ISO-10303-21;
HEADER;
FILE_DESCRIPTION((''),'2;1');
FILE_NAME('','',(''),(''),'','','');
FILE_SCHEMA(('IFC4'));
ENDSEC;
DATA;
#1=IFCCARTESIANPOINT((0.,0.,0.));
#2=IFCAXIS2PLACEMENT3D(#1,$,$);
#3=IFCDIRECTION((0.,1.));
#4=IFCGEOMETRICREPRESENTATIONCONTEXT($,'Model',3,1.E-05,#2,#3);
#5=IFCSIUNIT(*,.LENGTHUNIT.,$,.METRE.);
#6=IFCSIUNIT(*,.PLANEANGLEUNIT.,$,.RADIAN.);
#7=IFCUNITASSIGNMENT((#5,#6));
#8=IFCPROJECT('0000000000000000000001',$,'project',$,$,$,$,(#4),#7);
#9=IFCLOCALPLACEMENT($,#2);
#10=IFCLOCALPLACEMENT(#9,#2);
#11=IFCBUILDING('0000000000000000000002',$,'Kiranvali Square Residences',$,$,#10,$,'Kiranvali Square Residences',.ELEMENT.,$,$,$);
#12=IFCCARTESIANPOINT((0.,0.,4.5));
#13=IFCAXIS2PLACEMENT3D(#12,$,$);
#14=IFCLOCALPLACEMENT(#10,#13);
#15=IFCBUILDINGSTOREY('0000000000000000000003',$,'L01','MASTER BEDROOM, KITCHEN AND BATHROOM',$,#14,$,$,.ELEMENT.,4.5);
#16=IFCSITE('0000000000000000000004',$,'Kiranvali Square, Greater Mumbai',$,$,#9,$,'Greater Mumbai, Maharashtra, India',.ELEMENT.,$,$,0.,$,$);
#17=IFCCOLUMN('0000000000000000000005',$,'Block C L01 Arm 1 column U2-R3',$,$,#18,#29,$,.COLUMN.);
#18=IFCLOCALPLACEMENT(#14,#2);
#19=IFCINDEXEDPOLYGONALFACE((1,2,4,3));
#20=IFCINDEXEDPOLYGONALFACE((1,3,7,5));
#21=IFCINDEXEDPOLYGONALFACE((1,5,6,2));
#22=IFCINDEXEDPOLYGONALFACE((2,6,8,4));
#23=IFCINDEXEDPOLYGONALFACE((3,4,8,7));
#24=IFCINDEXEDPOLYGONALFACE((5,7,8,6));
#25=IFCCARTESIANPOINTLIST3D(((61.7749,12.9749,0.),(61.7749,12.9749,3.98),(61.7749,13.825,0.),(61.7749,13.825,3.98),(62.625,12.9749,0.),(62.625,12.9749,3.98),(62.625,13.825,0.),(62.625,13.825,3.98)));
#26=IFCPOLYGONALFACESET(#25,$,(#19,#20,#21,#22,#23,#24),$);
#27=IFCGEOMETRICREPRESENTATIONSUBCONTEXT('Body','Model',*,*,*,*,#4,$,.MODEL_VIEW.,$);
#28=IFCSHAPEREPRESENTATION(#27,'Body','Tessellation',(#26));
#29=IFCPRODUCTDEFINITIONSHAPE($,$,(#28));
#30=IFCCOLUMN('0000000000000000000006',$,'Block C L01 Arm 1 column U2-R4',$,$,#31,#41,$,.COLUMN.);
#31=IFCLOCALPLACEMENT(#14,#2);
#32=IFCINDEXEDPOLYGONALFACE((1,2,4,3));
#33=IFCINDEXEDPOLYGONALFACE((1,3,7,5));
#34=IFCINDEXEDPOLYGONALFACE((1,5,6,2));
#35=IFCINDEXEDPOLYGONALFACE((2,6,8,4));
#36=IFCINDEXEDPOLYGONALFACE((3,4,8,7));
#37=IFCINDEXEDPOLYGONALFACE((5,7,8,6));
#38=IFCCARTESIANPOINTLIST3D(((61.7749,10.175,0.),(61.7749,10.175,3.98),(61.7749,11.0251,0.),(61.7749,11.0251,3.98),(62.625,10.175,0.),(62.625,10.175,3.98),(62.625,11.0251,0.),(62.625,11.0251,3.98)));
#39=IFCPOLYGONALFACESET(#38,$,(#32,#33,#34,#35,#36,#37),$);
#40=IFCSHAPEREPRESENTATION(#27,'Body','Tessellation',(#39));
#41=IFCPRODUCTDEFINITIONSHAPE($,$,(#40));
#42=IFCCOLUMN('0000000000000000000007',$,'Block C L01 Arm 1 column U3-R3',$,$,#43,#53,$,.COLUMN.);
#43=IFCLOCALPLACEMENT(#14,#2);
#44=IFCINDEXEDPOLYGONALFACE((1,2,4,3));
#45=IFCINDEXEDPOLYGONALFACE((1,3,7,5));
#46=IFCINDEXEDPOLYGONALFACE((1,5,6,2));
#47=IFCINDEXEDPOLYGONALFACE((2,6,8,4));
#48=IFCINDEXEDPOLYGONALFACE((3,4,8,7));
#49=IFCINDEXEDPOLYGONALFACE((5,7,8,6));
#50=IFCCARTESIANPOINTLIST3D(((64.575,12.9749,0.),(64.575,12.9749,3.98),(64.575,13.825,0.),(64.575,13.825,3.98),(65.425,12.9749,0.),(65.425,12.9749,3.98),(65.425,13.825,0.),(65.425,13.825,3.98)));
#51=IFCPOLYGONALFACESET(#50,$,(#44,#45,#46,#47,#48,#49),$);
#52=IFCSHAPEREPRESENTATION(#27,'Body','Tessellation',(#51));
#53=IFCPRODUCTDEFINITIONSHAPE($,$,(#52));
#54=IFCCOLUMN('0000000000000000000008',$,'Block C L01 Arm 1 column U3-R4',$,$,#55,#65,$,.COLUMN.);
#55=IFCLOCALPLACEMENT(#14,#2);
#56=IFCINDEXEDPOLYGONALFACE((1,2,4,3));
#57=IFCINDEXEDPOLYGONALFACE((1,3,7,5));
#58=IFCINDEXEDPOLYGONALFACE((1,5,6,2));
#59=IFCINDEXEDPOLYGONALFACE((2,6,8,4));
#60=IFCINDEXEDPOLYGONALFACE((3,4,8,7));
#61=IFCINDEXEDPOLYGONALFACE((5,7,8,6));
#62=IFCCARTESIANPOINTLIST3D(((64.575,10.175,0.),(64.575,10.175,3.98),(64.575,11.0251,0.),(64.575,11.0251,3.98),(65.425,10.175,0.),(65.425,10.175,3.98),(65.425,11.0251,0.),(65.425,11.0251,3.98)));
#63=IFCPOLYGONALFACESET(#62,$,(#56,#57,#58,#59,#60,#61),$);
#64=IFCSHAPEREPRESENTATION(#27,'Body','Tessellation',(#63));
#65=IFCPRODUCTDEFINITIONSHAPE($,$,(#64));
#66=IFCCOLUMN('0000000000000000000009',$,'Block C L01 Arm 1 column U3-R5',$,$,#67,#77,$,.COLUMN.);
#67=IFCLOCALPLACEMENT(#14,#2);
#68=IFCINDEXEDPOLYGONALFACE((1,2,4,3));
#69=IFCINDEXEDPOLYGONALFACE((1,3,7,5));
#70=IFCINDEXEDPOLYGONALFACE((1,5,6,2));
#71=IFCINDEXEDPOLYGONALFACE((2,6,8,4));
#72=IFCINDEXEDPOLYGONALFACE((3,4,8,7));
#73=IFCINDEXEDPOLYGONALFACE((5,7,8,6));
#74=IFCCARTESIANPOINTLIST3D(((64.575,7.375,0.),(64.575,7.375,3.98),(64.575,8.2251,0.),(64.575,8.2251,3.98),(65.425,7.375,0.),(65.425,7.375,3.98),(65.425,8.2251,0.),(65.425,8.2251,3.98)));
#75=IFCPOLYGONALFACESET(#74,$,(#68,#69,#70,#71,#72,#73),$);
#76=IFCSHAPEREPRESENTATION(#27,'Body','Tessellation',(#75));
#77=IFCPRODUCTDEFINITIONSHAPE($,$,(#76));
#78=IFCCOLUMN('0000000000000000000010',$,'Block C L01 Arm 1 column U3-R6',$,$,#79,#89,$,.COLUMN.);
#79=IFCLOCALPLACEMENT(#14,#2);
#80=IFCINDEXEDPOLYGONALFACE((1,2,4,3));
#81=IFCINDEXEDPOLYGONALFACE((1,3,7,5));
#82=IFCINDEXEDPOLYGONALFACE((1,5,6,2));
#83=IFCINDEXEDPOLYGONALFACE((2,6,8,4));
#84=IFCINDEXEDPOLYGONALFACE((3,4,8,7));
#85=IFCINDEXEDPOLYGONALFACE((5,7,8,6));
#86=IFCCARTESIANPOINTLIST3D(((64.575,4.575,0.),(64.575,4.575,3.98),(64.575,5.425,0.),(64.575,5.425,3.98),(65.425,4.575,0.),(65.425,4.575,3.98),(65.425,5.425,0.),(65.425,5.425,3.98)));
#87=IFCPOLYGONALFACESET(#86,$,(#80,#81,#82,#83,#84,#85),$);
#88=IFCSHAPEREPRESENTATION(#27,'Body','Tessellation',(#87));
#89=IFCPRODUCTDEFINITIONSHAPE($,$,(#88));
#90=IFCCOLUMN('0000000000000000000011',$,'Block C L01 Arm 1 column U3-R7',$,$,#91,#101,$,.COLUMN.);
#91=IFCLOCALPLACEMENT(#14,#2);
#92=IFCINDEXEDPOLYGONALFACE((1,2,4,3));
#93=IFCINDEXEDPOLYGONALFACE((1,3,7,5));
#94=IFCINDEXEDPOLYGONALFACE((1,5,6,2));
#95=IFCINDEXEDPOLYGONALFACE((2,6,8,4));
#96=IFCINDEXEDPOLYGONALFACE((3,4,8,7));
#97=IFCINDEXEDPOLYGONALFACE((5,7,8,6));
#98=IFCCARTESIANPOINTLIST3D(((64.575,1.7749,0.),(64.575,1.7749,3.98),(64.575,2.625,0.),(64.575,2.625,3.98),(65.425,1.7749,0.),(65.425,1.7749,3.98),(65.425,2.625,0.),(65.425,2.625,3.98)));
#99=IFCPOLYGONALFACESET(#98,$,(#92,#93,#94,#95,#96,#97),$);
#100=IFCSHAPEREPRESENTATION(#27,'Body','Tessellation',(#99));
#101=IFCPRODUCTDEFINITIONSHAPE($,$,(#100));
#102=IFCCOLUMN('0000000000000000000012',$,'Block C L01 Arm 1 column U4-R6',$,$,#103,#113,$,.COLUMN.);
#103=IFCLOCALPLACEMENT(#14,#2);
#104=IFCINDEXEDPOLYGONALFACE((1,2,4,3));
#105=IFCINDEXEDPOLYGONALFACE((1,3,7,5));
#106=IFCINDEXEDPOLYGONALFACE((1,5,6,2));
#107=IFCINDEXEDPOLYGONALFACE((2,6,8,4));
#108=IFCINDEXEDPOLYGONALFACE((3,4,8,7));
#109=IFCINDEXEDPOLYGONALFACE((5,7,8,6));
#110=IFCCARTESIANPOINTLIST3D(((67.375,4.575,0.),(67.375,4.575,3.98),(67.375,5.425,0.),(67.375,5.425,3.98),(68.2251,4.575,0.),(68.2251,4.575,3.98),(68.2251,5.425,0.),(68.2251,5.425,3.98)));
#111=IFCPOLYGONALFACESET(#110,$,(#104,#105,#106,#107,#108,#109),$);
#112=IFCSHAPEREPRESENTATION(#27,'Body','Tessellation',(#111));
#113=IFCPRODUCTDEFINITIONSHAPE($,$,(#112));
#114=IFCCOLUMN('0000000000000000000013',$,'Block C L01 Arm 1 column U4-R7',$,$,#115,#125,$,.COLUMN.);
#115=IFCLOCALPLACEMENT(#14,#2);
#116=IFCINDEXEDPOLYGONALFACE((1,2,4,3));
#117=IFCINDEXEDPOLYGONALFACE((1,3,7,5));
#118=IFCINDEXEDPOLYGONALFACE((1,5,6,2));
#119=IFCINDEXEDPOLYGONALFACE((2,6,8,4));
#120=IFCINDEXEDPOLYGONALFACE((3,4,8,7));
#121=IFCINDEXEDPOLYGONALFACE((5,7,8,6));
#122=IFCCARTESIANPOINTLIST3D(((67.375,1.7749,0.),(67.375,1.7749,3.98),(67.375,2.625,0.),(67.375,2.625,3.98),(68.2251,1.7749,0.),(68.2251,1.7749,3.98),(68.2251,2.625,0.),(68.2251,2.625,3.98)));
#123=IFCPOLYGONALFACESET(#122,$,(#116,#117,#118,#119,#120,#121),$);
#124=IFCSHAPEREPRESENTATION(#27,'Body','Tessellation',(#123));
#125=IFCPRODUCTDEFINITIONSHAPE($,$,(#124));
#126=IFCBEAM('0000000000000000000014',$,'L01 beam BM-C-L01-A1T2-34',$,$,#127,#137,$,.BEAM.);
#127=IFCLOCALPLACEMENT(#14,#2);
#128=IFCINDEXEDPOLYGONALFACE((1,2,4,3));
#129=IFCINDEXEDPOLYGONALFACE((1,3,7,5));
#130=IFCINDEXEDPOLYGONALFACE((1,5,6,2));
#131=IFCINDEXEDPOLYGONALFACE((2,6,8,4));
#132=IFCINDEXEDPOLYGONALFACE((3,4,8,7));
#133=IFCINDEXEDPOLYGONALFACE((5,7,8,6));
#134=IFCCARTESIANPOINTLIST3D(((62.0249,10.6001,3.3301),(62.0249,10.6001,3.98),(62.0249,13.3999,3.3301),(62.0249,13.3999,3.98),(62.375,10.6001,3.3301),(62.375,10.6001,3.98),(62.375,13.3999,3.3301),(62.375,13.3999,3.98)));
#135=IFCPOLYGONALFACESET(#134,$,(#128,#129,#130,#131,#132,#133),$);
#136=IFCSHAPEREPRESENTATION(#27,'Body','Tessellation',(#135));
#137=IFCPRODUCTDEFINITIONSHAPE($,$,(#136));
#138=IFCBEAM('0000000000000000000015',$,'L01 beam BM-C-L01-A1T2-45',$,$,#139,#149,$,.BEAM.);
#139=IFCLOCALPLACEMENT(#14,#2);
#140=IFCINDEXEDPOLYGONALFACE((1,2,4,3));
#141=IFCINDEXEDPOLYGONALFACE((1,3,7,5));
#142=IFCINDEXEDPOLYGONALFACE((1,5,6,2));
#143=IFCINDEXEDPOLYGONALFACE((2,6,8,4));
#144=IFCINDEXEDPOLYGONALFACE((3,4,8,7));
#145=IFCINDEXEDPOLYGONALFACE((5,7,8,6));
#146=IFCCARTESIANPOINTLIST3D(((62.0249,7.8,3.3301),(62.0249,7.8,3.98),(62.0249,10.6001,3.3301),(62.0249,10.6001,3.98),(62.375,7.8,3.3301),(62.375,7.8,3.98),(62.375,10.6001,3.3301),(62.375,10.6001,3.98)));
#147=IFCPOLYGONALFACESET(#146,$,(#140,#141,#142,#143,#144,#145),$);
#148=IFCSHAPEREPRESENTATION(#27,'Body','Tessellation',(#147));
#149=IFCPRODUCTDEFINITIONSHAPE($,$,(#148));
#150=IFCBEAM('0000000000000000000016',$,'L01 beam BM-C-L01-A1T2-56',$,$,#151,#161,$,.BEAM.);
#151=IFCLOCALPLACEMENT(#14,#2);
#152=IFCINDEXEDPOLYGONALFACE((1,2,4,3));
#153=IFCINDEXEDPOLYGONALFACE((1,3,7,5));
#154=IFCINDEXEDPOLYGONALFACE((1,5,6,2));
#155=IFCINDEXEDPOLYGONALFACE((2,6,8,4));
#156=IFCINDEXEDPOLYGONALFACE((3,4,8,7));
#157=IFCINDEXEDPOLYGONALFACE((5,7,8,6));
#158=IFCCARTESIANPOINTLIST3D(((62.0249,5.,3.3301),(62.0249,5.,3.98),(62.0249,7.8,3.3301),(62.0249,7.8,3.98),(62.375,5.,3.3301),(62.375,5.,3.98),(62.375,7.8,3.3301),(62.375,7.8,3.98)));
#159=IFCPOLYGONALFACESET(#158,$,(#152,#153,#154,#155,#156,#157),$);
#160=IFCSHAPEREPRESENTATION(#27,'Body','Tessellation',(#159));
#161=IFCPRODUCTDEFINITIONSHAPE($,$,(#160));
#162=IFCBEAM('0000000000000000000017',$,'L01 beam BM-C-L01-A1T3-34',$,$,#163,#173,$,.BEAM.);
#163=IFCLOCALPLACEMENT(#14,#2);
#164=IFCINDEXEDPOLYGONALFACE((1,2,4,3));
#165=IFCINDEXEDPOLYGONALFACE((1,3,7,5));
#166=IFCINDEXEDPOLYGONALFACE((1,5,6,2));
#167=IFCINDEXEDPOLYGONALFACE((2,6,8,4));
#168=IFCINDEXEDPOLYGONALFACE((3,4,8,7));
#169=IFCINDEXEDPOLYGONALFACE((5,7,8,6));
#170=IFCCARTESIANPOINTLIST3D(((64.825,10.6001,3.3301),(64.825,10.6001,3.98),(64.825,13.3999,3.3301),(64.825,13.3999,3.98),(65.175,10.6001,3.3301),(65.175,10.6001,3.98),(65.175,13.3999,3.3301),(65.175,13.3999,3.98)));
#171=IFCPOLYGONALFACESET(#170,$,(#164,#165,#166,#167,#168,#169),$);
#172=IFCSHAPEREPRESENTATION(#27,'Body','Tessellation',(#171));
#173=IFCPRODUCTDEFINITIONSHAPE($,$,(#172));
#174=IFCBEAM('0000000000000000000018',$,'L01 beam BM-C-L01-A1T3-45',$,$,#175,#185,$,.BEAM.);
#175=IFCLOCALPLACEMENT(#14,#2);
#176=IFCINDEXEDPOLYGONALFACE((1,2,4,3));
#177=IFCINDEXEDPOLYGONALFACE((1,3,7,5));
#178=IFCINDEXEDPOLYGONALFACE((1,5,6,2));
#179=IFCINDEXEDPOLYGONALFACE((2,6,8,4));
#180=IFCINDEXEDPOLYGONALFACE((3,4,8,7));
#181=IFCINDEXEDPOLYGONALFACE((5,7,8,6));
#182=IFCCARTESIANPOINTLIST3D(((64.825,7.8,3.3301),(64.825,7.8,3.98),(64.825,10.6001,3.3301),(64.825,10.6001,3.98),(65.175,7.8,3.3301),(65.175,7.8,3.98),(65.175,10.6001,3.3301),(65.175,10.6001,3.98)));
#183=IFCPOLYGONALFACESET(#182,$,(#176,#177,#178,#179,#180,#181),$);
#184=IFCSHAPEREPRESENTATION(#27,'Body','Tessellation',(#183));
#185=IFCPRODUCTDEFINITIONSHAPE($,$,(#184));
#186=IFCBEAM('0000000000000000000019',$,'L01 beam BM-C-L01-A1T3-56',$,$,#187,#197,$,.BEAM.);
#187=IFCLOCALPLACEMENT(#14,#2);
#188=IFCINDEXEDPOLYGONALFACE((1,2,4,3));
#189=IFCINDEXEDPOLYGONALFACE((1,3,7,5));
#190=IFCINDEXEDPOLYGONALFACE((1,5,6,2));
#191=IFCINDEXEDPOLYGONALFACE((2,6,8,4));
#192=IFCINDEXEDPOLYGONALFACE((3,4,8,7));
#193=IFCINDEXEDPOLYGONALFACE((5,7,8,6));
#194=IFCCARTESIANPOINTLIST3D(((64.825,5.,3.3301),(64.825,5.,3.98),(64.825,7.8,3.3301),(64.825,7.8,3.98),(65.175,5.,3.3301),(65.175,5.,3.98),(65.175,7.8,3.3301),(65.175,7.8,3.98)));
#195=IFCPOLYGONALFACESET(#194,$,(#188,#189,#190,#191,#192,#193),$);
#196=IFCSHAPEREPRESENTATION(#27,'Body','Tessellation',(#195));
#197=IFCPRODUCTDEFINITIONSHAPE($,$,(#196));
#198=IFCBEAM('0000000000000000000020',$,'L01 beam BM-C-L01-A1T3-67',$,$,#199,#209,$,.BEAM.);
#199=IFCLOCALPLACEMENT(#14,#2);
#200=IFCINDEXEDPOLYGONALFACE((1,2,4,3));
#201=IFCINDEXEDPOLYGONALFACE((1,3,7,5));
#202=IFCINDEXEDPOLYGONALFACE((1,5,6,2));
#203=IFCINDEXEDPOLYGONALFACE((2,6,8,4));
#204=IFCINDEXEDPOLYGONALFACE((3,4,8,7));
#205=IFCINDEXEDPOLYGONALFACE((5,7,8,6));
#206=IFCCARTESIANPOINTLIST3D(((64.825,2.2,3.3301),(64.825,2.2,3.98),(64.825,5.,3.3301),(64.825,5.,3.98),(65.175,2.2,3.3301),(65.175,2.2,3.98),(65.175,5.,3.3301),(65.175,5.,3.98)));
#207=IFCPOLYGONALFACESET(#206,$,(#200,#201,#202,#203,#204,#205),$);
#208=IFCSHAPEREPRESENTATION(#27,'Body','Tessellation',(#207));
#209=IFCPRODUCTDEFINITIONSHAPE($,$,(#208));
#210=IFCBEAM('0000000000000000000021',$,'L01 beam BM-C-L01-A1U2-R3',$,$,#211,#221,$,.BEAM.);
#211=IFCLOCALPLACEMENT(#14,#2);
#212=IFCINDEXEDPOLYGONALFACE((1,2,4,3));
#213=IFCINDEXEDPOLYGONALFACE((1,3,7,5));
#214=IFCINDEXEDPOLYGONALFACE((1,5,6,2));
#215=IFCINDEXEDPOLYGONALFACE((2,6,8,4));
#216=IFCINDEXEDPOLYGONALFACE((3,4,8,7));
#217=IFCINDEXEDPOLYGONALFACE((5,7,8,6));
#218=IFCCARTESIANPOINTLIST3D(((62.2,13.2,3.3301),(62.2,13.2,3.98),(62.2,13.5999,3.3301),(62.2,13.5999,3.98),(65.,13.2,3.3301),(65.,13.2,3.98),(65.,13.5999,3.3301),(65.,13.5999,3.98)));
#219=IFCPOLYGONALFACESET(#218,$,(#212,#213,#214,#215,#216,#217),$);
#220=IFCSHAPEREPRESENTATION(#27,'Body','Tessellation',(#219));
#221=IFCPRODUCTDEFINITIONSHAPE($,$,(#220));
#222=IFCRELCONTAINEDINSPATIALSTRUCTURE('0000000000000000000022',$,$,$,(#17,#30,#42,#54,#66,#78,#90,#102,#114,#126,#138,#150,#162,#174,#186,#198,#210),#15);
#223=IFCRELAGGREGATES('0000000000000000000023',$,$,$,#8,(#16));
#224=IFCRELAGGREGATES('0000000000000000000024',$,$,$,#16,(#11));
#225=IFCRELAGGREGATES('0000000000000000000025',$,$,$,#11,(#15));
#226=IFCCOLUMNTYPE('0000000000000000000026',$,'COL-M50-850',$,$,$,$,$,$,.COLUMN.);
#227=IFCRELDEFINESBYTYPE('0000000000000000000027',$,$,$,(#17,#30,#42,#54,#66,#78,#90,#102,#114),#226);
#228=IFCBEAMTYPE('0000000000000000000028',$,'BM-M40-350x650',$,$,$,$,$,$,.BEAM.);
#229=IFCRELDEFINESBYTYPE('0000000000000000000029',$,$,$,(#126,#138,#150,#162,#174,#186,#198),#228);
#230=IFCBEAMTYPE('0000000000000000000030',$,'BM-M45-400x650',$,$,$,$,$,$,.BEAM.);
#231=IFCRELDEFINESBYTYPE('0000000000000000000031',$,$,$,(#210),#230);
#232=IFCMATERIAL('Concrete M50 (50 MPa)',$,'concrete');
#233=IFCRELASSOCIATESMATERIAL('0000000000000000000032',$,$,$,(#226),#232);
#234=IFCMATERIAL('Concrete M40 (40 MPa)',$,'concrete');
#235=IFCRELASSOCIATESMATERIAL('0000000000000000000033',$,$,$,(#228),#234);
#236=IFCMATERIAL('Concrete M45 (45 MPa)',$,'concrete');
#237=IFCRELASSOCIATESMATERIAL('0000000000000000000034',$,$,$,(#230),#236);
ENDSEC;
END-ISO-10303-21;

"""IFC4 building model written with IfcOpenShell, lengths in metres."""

from ifc_helpers import new_model, si_unit, direction, frame, origin, origin_2d, place, context, subcontext, project, spatial, rectangle, extrude, material, material_profile, profile_set, type_object, element, save


model = new_model("IFC4")

# Units and contexts
model_context = context("Model", 3, precision=1e-05, world=origin(), true_north=direction((0.0, 1.0)))
body_context = subcontext(model_context, "Body", "Model", "MODEL_VIEW")
ifc_project = project(units=[si_unit("LENGTHUNIT", "METRE"), si_unit("PLANEANGLEUNIT", "RADIAN")], contexts=[model_context])

# Site, building, storey
site_placement = place(None, origin())
site = spatial("IfcSite", under=ifc_project, at=site_placement, Name="Kiranvali Square, Greater Mumbai", LongName="Greater Mumbai, Maharashtra, India", CompositionType="ELEMENT", RefElevation=0.0)
building_placement = place(site_placement, origin())
building = spatial("IfcBuilding", under=site, at=building_placement, Name="Kiranvali Square Residences", LongName="Kiranvali Square Residences", CompositionType="ELEMENT")
storey_placement = place(building_placement, frame((0.0, 0.0, 4.5)))
storey = spatial("IfcBuildingStorey", under=building, at=storey_placement, Name="L01", Description="MASTER BEDROOM, KITCHEN AND BATHROOM", CompositionType="ELEMENT", Elevation=4.5)

# Columns
ifc_material_1 = material(Name="Concrete M50 (50 MPa)", Category="concrete")
ifc_material_profile_1 = material_profile(ifc_material_1, rectangle(XDim=0.8501, YDim=0.8501, at=origin_2d()), Name="RC 850x850")
ifc_profile_set_1 = profile_set([ifc_material_profile_1], Name="Concrete M50 (50 MPa)")
column_type = type_object("IfcColumnType", Name="COL-M50-850", PredefinedType="COLUMN", material=ifc_profile_set_1)
for number, where, z_axis, x_axis, name in (
    (1, (62.2, 13.3999, 0.0), (0.0, 0.0, 1.0), (1.0, 0.0, 0.0), "Block C L01 Arm 1 column U2-R3"),
    (2, (62.2, 10.6001, 0.0), (0.0, 0.0, 1.0), (1.0, 0.0, 0.0), "Block C L01 Arm 1 column U2-R4"),
    (3, (65.0, 13.3999, 0.0), (0.0, 0.0, 1.0), (1.0, 0.0, 0.0), "Block C L01 Arm 1 column U3-R3"),
    (4, (65.0, 10.6001, 0.0), (0.0, 0.0, 1.0), (1.0, 0.0, 0.0), "Block C L01 Arm 1 column U3-R4"),
    (5, (65.0, 7.8, 0.0), (0.0, 0.0, 1.0), (1.0, 0.0, 0.0), "Block C L01 Arm 1 column U3-R5"),
    (6, (65.0, 5.0, 0.0), (0.0, 0.0, 1.0), (1.0, 0.0, 0.0), "Block C L01 Arm 1 column U3-R6"),
    (7, (65.0, 2.2, 0.0), (0.0, 0.0, 1.0), (1.0, 0.0, 0.0), "Block C L01 Arm 1 column U3-R7"),
    (8, (67.8, 5.0, 0.0), (0.0, 0.0, 1.0), (1.0, 0.0, 0.0), "Block C L01 Arm 1 column U4-R6"),
    (9, (67.8, 2.2, 0.0), (0.0, 0.0, 1.0), (1.0, 0.0, 0.0), "Block C L01 Arm 1 column U4-R7"),
):
    element("IfcColumn", number, at=place(storey_placement, frame(where, z_axis=z_axis, x_axis=x_axis)), inside=storey, type_object=column_type, Name=name, PredefinedType="COLUMN", context=body_context, shape_type="SweptSolid", body=[
        extrude(rectangle(XDim=0.8501, YDim=0.8501, at=origin_2d()), origin(), (0.0, 0.0, 1.0), 3.98),
    ])

# Beams
ifc_material_2 = material(Name="Concrete M40 (40 MPa)", Category="concrete")
ifc_material_profile_2 = material_profile(ifc_material_2, rectangle(XDim=0.3501, YDim=0.6499, at=origin_2d()), Name="RC 350x650")
ifc_profile_set_2 = profile_set([ifc_material_profile_2], Name="Concrete M40 (40 MPa)")
beam_type_1 = type_object("IfcBeamType", Name="BM-M40-350x650", PredefinedType="BEAM", material=ifc_profile_set_2)
beam_1_placement = place(storey_placement, frame((62.2, 13.3999, 3.655), z_axis=(0.0, -1.0, 0.0), x_axis=(1.0, 0.0, 0.0)))
element("IfcBeam", 10, at=beam_1_placement, inside=storey, type_object=beam_type_1, Name="L01 beam BM-C-L01-A1T2-34", PredefinedType="BEAM", context=body_context, shape_type="SweptSolid", body=[
    extrude(rectangle(XDim=0.3501, YDim=0.6499, at=origin_2d()), origin(), (0.0, 0.0, 1.0), 2.7998),
])
for number, where, z_axis, x_axis, name in (
    (11, (62.2, 10.6001, 3.655), (0.0, -1.0, 0.0), (1.0, 0.0, 0.0), "L01 beam BM-C-L01-A1T2-45"),
    (12, (62.2, 7.8, 3.655), (0.0, -1.0, 0.0), (1.0, 0.0, 0.0), "L01 beam BM-C-L01-A1T2-56"),
):
    element("IfcBeam", number, at=place(storey_placement, frame(where, z_axis=z_axis, x_axis=x_axis)), inside=storey, type_object=beam_type_1, Name=name, PredefinedType="BEAM", context=body_context, shape_type="SweptSolid", body=[
        extrude(rectangle(XDim=0.3501, YDim=0.6499, at=origin_2d()), origin(), (0.0, 0.0, 1.0), 2.8),
    ])
beam_2_placement = place(storey_placement, frame((65.0, 13.3999, 3.655), z_axis=(0.0, -1.0, 0.0), x_axis=(1.0, 0.0, 0.0)))
element("IfcBeam", 13, at=beam_2_placement, inside=storey, type_object=beam_type_1, Name="L01 beam BM-C-L01-A1T3-34", PredefinedType="BEAM", context=body_context, shape_type="SweptSolid", body=[
    extrude(rectangle(XDim=0.3501, YDim=0.6499, at=origin_2d()), origin(), (0.0, 0.0, 1.0), 2.7998),
])
for number, where, z_axis, x_axis, name in (
    (14, (65.0, 10.6001, 3.655), (0.0, -1.0, 0.0), (1.0, 0.0, 0.0), "L01 beam BM-C-L01-A1T3-45"),
    (15, (65.0, 7.8, 3.655), (0.0, -1.0, 0.0), (1.0, 0.0, 0.0), "L01 beam BM-C-L01-A1T3-56"),
    (16, (65.0, 5.0, 3.655), (0.0, -1.0, 0.0), (1.0, 0.0, 0.0), "L01 beam BM-C-L01-A1T3-67"),
):
    element("IfcBeam", number, at=place(storey_placement, frame(where, z_axis=z_axis, x_axis=x_axis)), inside=storey, type_object=beam_type_1, Name=name, PredefinedType="BEAM", context=body_context, shape_type="SweptSolid", body=[
        extrude(rectangle(XDim=0.3501, YDim=0.6499, at=origin_2d()), origin(), (0.0, 0.0, 1.0), 2.8),
    ])
ifc_material_3 = material(Name="Concrete M45 (45 MPa)", Category="concrete")
ifc_material_profile_3 = material_profile(ifc_material_3, rectangle(XDim=0.3999, YDim=0.6499, at=origin_2d()), Name="RC 400x650")
ifc_profile_set_3 = profile_set([ifc_material_profile_3], Name="Concrete M45 (45 MPa)")
beam_type_2 = type_object("IfcBeamType", Name="BM-M45-400x650", PredefinedType="BEAM", material=ifc_profile_set_3)
for number, where, z_axis, x_axis, name in (
    (17, (62.2, 13.3999, 3.655), (1.0, 0.0, 0.0), (0.0, 1.0, 0.0), "L01 beam BM-C-L01-A1U2-R3"),
):
    element("IfcBeam", number, at=place(storey_placement, frame(where, z_axis=z_axis, x_axis=x_axis)), inside=storey, type_object=beam_type_2, Name=name, PredefinedType="BEAM", context=body_context, shape_type="SweptSolid", body=[
        extrude(rectangle(XDim=0.3999, YDim=0.6499, at=origin_2d()), origin(), (0.0, 0.0, 1.0), 2.8),
    ])

save(model, "model.ifc")
